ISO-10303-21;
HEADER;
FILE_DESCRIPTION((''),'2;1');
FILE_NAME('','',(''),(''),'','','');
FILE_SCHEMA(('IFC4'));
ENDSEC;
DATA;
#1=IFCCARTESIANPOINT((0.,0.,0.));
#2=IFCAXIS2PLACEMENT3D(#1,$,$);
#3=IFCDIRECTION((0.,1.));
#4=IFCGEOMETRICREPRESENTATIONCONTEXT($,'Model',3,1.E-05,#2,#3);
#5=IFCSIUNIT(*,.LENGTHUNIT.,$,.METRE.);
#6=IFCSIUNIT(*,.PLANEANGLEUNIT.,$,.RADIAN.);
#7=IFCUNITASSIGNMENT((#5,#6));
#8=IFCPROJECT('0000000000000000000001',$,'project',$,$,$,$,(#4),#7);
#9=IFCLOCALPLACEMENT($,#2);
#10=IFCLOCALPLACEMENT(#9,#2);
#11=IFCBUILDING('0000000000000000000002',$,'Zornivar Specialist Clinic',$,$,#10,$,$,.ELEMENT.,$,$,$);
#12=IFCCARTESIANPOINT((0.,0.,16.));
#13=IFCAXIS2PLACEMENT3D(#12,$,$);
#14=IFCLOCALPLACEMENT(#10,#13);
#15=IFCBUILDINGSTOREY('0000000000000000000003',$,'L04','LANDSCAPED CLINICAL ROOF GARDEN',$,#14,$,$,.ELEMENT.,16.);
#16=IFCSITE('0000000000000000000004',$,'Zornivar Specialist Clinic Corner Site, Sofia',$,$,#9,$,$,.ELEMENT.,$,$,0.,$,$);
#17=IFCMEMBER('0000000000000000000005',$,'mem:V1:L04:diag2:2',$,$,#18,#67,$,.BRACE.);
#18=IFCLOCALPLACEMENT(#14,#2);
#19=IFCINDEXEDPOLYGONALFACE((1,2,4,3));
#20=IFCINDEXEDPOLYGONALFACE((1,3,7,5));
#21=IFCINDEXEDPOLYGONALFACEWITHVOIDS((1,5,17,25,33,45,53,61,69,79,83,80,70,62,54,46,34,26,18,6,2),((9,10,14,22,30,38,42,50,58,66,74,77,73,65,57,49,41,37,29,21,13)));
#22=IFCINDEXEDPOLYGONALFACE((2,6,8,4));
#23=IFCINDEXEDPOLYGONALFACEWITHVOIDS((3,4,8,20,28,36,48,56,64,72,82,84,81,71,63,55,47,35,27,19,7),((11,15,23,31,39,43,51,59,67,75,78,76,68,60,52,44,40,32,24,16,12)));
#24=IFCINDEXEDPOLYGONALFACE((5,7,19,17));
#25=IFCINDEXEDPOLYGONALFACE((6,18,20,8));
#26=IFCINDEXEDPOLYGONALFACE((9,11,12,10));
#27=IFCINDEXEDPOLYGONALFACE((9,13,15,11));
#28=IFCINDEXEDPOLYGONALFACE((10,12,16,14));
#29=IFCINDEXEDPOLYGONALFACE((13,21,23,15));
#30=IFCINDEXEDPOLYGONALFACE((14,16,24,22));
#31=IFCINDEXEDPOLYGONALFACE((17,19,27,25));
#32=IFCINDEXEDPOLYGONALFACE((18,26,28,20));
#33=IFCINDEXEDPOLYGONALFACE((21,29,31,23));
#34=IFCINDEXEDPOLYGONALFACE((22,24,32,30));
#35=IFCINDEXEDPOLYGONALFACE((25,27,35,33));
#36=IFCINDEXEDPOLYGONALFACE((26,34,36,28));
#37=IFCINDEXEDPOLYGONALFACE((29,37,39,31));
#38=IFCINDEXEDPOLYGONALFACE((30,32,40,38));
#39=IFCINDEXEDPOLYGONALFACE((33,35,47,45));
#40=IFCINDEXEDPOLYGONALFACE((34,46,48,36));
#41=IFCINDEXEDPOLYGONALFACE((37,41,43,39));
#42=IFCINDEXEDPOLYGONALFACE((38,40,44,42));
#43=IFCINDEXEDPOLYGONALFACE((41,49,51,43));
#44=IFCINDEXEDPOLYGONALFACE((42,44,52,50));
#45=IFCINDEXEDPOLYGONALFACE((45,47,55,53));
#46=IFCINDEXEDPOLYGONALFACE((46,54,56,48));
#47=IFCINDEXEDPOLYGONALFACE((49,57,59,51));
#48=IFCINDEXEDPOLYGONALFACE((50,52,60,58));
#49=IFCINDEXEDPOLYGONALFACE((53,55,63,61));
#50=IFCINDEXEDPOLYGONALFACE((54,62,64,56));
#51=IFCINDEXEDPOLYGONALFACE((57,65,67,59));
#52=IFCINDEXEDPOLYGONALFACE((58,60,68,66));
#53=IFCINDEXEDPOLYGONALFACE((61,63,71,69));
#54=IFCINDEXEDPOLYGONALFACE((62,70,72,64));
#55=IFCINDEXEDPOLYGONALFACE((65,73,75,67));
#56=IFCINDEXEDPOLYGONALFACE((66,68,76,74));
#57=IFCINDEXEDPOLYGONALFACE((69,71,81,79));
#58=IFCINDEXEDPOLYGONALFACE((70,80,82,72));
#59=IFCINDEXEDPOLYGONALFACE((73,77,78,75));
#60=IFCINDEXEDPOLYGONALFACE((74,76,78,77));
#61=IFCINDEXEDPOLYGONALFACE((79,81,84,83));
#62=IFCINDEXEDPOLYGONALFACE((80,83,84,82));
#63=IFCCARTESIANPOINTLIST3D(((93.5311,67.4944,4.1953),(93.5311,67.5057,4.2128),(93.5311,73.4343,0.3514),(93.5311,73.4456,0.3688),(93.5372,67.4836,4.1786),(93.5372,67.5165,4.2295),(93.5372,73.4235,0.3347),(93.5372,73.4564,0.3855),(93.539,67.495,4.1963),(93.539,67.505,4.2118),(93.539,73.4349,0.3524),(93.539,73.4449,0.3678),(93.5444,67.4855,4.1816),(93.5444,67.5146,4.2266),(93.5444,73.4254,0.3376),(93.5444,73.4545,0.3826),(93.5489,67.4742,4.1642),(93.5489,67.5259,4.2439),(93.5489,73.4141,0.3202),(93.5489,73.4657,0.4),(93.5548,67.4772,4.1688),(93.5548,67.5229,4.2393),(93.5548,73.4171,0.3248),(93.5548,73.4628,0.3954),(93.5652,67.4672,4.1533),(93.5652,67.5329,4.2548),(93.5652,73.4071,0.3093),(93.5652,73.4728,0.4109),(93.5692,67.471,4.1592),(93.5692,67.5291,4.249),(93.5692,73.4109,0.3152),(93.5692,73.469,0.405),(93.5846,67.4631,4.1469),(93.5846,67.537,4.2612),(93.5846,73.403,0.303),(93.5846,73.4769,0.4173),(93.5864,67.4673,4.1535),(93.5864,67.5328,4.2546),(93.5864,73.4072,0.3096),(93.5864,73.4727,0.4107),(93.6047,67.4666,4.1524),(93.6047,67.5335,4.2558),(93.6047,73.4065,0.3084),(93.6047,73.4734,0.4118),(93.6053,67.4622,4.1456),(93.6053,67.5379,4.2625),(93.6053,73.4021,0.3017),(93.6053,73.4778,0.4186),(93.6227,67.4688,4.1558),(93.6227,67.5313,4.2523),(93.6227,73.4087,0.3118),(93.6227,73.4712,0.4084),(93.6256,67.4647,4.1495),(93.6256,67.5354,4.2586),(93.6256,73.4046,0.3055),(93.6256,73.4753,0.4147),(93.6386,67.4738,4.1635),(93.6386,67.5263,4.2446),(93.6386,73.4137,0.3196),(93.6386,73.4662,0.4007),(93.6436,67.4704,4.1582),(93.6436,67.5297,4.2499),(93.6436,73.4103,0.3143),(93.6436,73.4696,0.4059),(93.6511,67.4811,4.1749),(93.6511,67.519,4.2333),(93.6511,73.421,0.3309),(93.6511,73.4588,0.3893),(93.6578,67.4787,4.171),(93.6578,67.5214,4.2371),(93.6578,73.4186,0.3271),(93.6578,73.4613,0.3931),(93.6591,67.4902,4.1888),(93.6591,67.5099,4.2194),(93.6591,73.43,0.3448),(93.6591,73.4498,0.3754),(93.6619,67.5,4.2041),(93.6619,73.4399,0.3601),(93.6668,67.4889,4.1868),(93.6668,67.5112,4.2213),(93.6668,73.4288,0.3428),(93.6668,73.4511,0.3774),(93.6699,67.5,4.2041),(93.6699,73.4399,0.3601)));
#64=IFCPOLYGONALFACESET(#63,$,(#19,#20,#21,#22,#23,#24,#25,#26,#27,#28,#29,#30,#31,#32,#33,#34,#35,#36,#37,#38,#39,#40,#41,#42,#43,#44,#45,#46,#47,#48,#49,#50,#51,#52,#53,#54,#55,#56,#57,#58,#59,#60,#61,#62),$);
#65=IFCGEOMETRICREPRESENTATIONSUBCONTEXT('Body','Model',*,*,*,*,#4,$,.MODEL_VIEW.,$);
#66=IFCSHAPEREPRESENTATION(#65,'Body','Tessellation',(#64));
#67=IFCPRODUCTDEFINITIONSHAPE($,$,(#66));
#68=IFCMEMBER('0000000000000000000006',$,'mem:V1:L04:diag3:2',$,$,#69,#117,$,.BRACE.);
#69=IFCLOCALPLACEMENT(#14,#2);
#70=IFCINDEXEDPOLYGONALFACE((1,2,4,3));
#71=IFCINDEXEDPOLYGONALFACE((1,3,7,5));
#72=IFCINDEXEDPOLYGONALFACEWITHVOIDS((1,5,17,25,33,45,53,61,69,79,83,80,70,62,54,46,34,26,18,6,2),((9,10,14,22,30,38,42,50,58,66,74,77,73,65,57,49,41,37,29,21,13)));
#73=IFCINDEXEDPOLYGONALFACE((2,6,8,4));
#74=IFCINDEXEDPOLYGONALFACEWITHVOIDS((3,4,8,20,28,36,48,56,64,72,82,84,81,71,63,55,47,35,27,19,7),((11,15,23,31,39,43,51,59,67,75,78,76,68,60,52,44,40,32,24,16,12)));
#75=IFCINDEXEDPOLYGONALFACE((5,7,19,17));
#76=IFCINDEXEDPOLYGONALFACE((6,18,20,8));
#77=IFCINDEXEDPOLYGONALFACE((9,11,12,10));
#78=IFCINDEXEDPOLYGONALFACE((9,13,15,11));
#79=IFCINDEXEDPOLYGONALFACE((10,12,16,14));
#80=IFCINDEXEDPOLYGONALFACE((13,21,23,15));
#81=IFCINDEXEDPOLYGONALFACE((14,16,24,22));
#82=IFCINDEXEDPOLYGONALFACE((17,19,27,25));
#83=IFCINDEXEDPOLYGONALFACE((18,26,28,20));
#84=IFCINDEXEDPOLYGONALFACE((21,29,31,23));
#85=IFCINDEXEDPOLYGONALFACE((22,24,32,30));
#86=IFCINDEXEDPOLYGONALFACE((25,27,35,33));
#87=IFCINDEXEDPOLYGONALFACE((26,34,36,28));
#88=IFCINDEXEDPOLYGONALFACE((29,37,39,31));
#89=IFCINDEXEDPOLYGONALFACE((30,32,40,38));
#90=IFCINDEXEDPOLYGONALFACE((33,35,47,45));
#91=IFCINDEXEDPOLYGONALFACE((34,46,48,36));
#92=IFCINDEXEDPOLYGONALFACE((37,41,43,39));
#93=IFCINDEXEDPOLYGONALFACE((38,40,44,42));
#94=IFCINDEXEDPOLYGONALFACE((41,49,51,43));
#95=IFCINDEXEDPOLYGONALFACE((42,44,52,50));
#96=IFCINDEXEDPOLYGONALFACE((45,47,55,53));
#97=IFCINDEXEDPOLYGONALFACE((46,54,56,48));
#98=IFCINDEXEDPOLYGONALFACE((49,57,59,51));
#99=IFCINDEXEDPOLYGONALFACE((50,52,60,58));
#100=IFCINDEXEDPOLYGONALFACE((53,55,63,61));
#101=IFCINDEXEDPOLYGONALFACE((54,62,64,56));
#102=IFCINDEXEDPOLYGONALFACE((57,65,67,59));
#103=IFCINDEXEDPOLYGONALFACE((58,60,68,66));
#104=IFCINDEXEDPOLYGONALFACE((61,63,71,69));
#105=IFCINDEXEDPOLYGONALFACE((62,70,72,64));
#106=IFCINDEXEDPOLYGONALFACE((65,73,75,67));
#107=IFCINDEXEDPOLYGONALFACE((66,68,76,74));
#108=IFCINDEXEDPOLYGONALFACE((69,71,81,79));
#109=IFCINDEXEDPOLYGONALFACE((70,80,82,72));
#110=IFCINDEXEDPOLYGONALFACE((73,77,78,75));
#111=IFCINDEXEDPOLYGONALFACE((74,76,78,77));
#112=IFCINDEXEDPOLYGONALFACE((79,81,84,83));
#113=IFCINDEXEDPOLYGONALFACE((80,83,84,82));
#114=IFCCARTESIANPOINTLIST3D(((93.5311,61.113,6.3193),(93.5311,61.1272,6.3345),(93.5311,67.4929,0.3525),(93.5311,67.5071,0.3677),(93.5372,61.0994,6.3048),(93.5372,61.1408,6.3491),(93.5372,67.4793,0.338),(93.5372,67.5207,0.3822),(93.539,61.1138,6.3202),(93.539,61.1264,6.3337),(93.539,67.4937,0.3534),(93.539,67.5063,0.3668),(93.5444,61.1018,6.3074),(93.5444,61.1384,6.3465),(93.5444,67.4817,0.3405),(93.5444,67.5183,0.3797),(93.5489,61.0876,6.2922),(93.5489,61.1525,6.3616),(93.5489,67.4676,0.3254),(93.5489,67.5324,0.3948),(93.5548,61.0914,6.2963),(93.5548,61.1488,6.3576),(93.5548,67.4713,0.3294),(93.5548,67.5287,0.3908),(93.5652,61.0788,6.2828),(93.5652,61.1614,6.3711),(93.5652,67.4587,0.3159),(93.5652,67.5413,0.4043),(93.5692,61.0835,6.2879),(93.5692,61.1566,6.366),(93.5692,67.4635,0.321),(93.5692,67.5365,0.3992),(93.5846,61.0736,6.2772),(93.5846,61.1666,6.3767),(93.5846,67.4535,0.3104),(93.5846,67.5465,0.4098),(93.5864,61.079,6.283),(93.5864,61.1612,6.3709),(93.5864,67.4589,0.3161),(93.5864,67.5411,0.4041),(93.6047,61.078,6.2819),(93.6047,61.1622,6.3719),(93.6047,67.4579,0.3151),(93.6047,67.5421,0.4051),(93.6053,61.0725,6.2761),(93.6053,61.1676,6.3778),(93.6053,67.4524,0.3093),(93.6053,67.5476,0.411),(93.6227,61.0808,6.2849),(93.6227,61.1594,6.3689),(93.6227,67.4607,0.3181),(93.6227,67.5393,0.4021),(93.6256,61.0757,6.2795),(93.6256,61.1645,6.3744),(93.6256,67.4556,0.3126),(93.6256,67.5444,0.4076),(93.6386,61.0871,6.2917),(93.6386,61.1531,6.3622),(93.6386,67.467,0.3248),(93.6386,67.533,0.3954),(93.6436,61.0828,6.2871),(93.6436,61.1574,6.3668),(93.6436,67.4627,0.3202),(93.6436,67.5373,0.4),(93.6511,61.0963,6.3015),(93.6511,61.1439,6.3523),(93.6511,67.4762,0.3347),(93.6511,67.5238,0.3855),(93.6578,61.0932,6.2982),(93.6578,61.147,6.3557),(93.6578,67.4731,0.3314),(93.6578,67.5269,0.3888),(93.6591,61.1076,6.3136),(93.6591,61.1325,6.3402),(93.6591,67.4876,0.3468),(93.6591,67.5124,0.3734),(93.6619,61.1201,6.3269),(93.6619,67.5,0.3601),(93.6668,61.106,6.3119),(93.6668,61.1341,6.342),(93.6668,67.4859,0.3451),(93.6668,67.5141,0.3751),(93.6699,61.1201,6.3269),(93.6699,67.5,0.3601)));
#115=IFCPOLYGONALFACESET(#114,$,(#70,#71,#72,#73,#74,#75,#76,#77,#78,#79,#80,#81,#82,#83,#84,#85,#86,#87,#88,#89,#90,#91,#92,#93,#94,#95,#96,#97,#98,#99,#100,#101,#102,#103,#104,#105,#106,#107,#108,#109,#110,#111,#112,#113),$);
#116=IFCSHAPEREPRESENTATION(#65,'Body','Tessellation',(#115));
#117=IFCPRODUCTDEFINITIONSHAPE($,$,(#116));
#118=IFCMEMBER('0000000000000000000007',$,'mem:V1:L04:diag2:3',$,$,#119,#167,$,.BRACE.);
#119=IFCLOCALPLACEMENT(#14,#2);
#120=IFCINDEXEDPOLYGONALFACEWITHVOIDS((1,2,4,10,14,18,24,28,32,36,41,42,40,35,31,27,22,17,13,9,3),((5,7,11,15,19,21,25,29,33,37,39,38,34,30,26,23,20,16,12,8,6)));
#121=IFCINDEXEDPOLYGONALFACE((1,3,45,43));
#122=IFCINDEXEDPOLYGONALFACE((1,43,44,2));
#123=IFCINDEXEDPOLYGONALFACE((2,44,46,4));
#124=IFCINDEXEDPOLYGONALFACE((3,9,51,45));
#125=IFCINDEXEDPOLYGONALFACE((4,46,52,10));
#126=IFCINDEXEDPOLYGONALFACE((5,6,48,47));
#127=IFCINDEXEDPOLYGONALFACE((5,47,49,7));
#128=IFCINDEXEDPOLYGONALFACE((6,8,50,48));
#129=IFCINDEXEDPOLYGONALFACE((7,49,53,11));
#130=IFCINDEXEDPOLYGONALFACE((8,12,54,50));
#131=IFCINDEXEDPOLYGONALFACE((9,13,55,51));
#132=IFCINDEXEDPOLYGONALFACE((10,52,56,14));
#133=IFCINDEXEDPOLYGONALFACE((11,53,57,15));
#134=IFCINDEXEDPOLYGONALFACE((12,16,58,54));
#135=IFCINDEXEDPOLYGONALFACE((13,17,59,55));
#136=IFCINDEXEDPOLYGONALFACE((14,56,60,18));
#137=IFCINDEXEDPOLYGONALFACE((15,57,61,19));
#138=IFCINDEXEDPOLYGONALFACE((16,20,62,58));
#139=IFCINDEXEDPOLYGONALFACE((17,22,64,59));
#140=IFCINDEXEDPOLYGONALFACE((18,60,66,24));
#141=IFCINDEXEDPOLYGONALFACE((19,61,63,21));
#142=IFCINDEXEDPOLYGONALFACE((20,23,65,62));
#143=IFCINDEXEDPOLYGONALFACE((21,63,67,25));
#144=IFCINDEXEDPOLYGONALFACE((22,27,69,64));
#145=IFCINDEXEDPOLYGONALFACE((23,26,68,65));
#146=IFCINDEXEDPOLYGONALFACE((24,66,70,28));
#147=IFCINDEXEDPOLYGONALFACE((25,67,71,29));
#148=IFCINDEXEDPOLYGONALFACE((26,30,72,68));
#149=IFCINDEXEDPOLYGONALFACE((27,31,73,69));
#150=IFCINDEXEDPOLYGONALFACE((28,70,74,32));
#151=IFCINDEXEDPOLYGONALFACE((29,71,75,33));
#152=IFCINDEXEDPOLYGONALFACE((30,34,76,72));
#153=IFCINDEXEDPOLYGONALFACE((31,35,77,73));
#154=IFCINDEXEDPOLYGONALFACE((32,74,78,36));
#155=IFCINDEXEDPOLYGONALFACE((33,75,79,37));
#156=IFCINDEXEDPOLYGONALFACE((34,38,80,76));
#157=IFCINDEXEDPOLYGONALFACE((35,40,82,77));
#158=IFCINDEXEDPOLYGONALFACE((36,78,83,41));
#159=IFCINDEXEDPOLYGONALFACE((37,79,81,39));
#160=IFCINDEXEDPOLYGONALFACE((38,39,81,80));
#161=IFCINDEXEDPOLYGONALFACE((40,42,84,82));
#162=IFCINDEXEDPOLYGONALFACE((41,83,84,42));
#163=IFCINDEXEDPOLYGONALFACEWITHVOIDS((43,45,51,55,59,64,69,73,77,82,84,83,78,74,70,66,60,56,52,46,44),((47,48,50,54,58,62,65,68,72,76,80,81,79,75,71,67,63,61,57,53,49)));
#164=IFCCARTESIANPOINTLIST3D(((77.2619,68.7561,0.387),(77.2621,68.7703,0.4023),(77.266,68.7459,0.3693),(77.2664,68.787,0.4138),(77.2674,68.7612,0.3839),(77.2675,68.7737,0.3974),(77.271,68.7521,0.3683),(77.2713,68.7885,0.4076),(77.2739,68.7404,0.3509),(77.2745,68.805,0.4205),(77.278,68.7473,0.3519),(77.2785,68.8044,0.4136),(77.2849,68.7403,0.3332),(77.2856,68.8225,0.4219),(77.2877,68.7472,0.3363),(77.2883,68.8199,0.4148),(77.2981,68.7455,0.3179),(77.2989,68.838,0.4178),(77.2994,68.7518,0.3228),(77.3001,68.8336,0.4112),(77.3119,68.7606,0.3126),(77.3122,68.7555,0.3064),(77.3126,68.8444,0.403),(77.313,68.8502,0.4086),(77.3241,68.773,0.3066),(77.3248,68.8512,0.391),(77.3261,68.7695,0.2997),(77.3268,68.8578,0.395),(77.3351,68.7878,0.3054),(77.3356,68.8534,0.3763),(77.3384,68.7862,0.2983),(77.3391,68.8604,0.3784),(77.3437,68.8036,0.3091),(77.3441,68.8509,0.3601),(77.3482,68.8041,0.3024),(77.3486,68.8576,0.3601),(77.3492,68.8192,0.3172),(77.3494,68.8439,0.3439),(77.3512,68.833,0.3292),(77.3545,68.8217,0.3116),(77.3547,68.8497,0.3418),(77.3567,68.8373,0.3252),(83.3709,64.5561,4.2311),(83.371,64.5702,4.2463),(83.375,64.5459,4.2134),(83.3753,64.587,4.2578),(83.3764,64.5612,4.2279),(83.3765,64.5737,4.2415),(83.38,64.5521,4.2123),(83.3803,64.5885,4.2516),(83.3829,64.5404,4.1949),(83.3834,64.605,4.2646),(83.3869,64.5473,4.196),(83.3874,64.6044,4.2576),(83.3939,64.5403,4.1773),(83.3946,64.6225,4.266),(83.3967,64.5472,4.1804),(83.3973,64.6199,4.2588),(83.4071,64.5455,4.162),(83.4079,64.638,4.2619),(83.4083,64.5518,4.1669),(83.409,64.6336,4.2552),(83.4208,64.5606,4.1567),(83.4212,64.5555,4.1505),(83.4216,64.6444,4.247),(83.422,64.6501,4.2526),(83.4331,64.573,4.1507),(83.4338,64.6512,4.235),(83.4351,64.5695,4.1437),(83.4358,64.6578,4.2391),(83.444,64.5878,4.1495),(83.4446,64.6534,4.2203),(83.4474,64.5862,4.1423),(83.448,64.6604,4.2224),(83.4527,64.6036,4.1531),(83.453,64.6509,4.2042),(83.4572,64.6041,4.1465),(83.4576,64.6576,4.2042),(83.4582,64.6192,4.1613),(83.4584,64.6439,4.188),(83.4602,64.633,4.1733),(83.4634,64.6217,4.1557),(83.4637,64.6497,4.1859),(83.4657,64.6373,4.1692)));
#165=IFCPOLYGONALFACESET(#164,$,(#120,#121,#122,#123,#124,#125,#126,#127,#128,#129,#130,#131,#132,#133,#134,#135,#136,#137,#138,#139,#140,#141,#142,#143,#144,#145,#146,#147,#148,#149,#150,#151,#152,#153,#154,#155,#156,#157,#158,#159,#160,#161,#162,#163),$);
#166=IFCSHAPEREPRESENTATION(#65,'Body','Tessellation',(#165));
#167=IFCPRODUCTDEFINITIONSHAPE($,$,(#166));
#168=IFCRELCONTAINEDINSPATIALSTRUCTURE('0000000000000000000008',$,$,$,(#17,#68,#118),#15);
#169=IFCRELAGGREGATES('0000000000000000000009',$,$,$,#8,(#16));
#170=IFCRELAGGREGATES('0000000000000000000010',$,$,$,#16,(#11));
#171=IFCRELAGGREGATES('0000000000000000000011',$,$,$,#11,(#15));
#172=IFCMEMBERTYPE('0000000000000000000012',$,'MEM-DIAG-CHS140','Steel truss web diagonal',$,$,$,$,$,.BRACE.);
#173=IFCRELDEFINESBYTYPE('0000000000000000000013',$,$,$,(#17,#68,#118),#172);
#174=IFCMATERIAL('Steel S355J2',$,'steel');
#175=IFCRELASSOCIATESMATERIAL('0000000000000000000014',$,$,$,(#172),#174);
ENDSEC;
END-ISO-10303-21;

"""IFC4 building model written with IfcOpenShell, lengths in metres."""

from ifc_helpers import new_model, si_unit, direction, frame, origin, origin_2d, place, context, subcontext, project, spatial, hollow_circle, extrude, material, material_profile, profile_set, type_object, element, save


model = new_model("IFC4")

# Units and contexts
model_context = context("Model", 3, precision=1e-05, world=origin(), true_north=direction((0.0, 1.0)))
body_context = subcontext(model_context, "Body", "Model", "MODEL_VIEW")
ifc_project = project(units=[si_unit("LENGTHUNIT", "METRE"), si_unit("PLANEANGLEUNIT", "RADIAN")], contexts=[model_context])

# Site, building, storey
site_placement = place(None, origin())
site = spatial("IfcSite", under=ifc_project, at=site_placement, Name="Zornivar Specialist Clinic Corner Site, Sofia", CompositionType="ELEMENT", RefElevation=0.0)
building_placement = place(site_placement, origin())
building = spatial("IfcBuilding", under=site, at=building_placement, Name="Zornivar Specialist Clinic", CompositionType="ELEMENT")
storey_placement = place(building_placement, frame((0.0, 0.0, 16.0)))
storey = spatial("IfcBuildingStorey", under=building, at=storey_placement, Name="L04", Description="LANDSCAPED CLINICAL ROOF GARDEN", CompositionType="ELEMENT", Elevation=16.0)

# Members
ifc_material_1 = material(Name="Steel S355J2", Category="steel")
ifc_material_profile_1 = material_profile(ifc_material_1, hollow_circle(Radius=0.0698, WallThickness=0.0081, at=origin_2d()), Name="CHS 139.7x8")
ifc_profile_set_1 = profile_set([ifc_material_profile_1], Name="Steel S355J2")
member_type_1 = type_object("IfcMemberType", Name="MEM-DIAG-CHS140", Description="Steel truss web diagonal", PredefinedType="BRACE", material=ifc_profile_set_1)
member_1_placement = place(storey_placement, frame((93.6001, 73.4399, 0.3601), z_axis=(0.0, -0.839538, 0.543301), x_axis=(1.0, 0.0, 0.0)))
element("IfcMember", 1, at=member_1_placement, inside=storey, type_object=member_type_1, Name="mem:V1:L04:diag2:2", PredefinedType="BRACE", context=body_context, shape_type="SweptSolid", body=[
    extrude(hollow_circle(Radius=0.0698, WallThickness=0.0081, at=origin_2d()), origin(), (0.0, 0.0, 1.0), 7.0752),
])
member_2_placement = place(storey_placement, frame((93.6001, 67.5, 0.3601), z_axis=(0.0, -0.730356, 0.683067), x_axis=(1.0, 0.0, 0.0)))
element("IfcMember", 2, at=member_2_placement, inside=storey, type_object=member_type_1, Name="mem:V1:L04:diag3:2", PredefinedType="BRACE", context=body_context, shape_type="SweptSolid", body=[
    extrude(hollow_circle(Radius=0.0698, WallThickness=0.0081, at=origin_2d()), origin(), (0.0, 0.0, 1.0), 8.7354),
])
member_3_placement = place(storey_placement, frame((77.3091, 68.8, 0.3601), z_axis=(0.731541, -0.502945, 0.460319), x_axis=(0.566537, 0.824036, 0.0)))
element("IfcMember", 3, at=member_3_placement, inside=storey, type_object=member_type_1, Name="mem:V1:L04:diag2:3", PredefinedType="BRACE", context=body_context, shape_type="SweptSolid", body=[
    extrude(hollow_circle(Radius=0.0698, WallThickness=0.0081, at=origin_2d()), origin(), (0.0, 0.0, 1.0), 8.3508),
])

save(model, "model.ifc")
